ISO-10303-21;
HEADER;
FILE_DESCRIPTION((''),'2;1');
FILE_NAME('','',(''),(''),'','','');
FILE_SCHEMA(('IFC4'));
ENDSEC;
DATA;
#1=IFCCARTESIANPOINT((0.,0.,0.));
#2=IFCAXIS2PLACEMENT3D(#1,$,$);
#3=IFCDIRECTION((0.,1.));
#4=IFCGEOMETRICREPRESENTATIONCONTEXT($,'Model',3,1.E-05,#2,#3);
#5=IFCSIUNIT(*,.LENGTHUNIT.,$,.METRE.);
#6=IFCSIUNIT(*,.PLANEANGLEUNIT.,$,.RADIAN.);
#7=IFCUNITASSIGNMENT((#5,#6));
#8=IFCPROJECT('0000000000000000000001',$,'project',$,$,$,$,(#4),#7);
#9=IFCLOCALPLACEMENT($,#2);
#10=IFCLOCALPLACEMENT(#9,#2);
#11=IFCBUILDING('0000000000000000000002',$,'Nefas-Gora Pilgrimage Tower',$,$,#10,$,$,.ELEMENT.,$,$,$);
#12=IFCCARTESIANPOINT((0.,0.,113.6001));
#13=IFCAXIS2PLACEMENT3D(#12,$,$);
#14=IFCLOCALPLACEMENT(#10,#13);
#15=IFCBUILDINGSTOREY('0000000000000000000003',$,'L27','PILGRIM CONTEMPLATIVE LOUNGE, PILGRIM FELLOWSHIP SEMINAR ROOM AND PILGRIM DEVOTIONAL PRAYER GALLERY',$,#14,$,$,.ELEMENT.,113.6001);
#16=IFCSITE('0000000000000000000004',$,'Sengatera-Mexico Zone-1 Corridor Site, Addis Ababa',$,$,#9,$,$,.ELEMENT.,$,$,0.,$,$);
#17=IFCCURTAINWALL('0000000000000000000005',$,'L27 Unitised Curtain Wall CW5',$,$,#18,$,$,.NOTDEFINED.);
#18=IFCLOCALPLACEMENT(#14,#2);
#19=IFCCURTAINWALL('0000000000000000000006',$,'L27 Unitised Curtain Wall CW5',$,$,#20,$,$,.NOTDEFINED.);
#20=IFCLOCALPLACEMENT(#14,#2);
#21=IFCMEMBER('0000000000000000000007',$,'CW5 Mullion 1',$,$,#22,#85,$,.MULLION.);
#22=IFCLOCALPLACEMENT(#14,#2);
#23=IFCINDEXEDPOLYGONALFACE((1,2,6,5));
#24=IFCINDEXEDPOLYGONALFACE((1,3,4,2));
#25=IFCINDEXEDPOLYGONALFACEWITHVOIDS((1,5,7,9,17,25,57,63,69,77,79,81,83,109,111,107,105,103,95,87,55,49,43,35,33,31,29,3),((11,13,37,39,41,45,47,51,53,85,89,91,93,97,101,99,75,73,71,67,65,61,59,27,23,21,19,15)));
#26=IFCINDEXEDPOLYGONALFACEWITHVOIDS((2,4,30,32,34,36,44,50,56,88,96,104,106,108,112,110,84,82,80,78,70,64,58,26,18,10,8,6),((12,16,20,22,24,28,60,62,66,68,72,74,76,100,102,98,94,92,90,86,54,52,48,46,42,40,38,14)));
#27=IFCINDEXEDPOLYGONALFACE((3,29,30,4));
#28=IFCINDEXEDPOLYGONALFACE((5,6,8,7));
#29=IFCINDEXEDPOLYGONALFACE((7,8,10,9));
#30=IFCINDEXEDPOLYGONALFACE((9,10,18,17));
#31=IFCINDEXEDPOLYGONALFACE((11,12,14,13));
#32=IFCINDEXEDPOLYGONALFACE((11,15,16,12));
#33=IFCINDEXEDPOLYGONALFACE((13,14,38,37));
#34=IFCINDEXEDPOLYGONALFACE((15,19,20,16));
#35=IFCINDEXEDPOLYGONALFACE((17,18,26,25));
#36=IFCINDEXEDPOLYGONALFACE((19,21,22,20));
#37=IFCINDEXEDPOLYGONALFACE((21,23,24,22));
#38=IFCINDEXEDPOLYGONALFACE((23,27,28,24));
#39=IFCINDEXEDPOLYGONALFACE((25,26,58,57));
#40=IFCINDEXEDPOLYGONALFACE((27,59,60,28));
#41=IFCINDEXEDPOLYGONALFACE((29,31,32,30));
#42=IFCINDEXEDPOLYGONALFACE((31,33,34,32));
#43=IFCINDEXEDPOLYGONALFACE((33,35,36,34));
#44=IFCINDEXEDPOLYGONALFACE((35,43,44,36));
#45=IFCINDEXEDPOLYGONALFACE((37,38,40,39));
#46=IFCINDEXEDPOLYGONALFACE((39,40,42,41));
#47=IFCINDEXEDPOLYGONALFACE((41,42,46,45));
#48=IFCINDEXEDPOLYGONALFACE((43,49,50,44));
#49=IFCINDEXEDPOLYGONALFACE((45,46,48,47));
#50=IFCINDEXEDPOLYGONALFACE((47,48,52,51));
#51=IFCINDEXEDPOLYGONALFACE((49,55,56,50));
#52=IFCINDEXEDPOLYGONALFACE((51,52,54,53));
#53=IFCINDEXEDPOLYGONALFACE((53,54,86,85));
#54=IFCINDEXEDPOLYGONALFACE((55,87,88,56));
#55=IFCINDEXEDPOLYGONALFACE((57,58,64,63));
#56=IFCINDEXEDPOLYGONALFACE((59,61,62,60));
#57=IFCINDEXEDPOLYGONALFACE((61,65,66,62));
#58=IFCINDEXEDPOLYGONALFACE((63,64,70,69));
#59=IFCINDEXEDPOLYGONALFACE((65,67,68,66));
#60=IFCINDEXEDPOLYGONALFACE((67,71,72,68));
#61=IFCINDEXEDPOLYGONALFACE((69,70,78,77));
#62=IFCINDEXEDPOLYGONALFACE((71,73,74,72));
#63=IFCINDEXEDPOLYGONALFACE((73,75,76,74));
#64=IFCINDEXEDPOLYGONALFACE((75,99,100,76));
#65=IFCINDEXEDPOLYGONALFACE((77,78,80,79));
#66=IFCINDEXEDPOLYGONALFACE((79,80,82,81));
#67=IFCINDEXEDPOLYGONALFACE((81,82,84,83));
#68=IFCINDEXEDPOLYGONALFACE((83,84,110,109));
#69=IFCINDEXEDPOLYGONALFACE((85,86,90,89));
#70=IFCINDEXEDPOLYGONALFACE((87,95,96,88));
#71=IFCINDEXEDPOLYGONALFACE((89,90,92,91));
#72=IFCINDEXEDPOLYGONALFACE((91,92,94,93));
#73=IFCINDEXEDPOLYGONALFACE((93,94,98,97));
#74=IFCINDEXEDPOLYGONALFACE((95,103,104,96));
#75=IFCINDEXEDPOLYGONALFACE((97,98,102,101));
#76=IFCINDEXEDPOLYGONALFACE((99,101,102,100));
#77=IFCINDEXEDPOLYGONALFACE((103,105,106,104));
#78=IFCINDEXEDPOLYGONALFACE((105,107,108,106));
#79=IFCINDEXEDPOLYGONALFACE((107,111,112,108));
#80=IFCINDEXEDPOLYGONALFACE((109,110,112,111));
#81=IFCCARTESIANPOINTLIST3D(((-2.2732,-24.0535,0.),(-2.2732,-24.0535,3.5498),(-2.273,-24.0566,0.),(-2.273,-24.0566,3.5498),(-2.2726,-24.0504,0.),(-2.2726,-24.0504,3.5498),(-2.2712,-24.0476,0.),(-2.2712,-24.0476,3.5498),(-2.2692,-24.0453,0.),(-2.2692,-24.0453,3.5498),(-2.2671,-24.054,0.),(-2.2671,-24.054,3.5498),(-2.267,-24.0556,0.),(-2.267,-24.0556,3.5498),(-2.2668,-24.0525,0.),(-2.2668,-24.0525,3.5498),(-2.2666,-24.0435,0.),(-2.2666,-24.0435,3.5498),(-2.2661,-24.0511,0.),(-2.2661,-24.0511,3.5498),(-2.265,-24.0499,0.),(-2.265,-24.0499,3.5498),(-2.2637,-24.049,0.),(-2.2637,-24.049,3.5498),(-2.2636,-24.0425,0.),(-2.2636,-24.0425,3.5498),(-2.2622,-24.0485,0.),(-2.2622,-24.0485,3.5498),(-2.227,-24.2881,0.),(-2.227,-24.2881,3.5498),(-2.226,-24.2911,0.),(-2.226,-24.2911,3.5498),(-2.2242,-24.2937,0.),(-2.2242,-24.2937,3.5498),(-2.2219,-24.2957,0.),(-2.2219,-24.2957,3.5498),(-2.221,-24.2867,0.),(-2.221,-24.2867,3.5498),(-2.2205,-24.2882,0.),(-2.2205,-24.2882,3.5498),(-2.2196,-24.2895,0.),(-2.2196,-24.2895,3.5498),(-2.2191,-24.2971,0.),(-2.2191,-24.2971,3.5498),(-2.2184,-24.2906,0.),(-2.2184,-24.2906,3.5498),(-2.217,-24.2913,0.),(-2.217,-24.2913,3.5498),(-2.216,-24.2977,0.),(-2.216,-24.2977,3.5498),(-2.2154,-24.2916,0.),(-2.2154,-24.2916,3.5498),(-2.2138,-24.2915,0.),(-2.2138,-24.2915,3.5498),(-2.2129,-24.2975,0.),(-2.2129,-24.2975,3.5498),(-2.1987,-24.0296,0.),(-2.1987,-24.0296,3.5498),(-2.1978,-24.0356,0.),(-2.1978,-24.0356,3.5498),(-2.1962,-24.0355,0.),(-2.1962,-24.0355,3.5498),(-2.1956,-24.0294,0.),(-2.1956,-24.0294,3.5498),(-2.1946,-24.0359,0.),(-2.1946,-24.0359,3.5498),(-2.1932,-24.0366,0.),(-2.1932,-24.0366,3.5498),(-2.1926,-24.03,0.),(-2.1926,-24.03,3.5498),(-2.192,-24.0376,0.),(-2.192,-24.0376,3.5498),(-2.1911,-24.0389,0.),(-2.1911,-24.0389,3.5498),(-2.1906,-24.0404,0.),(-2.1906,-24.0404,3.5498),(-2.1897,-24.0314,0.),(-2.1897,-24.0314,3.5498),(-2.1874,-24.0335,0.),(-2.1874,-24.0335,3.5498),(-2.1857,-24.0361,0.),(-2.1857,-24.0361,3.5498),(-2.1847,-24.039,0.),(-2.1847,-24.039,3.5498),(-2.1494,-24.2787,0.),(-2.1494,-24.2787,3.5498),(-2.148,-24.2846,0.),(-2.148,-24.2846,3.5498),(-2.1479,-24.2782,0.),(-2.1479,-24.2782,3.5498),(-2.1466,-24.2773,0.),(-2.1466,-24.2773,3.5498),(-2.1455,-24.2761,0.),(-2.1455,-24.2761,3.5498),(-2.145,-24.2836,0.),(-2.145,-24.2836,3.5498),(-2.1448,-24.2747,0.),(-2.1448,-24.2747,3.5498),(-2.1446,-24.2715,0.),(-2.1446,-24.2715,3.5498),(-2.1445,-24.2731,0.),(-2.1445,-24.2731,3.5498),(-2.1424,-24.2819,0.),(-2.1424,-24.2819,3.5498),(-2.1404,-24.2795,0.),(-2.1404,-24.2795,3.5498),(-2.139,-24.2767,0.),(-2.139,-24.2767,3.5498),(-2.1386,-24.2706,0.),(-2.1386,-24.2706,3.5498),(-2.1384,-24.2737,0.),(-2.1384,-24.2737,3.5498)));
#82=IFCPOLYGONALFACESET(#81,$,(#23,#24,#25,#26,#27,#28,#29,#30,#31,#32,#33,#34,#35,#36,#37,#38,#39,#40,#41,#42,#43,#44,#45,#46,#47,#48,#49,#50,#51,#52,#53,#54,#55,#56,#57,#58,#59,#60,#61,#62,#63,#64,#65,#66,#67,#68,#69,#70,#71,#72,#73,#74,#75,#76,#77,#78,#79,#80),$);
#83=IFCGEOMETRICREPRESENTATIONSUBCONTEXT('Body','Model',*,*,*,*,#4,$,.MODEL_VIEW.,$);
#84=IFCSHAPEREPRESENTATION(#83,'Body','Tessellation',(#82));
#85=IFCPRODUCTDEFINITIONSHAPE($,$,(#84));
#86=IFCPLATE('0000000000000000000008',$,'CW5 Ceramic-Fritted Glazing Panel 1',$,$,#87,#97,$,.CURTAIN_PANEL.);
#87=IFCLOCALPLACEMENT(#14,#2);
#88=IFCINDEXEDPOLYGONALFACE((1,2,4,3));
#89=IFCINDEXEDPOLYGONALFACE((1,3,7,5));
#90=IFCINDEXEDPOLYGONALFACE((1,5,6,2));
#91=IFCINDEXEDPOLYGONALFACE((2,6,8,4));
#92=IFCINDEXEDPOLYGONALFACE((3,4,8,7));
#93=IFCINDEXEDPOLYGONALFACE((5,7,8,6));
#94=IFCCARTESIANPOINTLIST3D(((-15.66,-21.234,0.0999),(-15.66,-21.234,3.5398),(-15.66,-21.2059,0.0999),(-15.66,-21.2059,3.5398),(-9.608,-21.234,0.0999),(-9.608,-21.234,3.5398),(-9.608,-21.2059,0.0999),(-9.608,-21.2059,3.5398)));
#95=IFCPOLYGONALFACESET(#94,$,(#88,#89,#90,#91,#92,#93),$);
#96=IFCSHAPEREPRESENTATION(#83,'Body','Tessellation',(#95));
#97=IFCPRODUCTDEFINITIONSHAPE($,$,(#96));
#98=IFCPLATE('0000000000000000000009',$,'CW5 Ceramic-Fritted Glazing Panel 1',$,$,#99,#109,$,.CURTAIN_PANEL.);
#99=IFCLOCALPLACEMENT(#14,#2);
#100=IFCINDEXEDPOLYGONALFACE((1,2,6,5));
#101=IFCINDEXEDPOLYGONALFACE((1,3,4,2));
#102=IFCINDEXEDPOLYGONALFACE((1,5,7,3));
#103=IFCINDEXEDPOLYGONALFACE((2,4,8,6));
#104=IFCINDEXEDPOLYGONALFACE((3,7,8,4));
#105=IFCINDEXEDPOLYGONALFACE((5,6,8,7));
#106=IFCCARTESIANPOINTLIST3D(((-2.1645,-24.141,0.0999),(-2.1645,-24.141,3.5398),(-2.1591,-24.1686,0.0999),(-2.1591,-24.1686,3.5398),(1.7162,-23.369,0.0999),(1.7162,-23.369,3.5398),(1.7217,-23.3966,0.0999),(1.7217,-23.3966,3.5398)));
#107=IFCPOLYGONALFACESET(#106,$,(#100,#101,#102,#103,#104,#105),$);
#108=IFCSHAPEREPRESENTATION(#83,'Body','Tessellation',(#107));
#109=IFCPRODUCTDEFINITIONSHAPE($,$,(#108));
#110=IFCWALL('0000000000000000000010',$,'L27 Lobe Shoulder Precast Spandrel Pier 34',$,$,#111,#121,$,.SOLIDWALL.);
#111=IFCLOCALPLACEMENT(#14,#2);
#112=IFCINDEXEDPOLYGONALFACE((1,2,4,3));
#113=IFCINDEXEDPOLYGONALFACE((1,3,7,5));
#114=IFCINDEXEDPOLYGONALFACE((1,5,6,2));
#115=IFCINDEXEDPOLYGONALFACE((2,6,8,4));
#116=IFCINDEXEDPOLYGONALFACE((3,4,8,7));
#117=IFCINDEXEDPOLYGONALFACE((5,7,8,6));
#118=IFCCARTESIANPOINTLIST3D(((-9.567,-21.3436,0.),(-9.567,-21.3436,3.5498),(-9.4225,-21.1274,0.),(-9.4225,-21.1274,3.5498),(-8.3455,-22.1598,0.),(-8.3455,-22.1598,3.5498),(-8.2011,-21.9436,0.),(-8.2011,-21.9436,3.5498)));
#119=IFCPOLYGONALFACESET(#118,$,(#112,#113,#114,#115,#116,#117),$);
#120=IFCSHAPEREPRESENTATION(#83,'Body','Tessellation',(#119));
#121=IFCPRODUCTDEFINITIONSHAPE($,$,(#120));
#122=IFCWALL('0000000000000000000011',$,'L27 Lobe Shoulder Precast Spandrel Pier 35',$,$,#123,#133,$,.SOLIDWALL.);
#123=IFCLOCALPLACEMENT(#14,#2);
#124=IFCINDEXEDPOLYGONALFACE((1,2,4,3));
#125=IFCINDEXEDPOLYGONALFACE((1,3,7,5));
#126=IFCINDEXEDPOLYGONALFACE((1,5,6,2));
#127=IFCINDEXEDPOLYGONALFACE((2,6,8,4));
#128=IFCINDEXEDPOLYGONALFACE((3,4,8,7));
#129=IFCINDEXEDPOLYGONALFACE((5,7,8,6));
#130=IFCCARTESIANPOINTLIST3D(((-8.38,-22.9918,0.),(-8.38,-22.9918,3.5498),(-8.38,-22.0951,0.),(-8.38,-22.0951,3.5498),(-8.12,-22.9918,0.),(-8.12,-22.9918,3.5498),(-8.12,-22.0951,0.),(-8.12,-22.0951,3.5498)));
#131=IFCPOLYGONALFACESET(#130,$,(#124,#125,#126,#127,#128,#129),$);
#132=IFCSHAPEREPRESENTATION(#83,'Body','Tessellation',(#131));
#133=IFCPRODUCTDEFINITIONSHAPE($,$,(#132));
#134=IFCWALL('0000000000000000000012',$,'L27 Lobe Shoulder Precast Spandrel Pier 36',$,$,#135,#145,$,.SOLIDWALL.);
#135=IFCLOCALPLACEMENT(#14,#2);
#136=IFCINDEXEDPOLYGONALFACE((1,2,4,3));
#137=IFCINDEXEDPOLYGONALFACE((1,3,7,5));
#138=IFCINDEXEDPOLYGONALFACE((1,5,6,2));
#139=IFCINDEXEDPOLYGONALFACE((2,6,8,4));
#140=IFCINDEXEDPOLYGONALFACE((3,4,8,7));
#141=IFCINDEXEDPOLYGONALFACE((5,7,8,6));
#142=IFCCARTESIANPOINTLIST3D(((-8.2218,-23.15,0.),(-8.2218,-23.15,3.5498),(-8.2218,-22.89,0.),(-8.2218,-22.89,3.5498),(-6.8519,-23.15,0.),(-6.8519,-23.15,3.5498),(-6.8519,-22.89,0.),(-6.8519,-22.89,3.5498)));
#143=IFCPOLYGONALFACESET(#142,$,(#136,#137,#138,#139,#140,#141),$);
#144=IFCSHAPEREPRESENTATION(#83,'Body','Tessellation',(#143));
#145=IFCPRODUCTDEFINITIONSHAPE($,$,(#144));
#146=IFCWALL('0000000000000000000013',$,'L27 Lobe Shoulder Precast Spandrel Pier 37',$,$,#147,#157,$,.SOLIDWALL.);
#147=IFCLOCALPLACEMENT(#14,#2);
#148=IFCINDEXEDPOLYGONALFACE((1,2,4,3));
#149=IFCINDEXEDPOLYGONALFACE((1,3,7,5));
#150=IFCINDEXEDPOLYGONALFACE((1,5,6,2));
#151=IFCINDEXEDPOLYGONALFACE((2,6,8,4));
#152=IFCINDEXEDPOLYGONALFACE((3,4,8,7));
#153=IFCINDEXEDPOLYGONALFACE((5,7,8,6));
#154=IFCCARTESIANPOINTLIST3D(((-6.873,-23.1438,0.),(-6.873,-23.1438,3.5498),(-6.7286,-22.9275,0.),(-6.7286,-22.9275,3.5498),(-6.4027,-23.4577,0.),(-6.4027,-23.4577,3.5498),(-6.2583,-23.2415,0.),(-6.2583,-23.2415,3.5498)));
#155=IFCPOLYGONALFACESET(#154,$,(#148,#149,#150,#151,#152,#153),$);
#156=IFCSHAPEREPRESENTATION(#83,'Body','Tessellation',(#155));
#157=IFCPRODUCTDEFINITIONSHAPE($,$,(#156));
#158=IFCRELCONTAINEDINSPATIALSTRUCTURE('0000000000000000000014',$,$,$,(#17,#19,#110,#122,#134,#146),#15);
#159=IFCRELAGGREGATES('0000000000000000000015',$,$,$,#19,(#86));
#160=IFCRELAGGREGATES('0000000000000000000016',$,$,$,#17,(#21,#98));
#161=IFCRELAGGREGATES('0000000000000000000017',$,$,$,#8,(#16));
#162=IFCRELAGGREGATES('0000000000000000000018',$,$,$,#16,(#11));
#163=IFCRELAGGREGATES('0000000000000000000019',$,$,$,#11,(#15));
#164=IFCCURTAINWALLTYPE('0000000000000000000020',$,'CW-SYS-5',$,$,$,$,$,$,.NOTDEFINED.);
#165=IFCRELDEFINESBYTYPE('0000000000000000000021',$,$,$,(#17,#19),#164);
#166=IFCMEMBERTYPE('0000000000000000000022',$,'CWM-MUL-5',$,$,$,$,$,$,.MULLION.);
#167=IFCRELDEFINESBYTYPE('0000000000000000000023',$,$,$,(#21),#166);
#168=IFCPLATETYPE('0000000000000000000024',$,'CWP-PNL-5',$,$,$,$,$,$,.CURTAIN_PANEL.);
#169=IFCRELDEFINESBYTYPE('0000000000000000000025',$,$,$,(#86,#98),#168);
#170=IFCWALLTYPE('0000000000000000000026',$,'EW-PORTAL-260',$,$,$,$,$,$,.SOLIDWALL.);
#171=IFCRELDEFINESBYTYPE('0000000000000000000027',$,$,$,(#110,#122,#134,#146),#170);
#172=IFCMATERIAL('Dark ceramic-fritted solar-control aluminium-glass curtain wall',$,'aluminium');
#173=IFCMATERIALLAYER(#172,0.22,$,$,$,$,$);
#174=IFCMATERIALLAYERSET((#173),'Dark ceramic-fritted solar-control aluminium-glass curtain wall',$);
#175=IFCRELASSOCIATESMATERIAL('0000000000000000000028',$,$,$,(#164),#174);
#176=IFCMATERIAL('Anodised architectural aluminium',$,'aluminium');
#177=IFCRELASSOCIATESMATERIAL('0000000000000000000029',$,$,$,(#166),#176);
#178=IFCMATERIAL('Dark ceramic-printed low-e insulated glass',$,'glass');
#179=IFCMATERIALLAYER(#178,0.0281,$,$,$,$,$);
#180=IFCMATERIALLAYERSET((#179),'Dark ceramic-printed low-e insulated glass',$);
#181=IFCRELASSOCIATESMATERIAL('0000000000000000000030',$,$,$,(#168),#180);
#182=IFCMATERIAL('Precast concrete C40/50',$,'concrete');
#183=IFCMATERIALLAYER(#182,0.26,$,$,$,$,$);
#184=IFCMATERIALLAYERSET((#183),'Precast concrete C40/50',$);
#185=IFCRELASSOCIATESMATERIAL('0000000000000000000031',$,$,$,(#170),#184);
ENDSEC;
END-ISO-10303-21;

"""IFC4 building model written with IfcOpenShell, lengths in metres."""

from ifc_helpers import new_model, si_unit, direction, frame, frame_2d, origin, origin_2d, place, context, subcontext, project, spatial, rectangle, hollow_rectangle, extrude, source, transform, mapped, material, layer, layer_set, material_profile, profile_set, type_object, element, aggregate, save


model = new_model("IFC4")

# Units and contexts
model_context = context("Model", 3, precision=1e-05, world=origin(), true_north=direction((0.0, 1.0)))
body_context = subcontext(model_context, "Body", "Model", "MODEL_VIEW")
ifc_project = project(units=[si_unit("LENGTHUNIT", "METRE"), si_unit("PLANEANGLEUNIT", "RADIAN")], contexts=[model_context])

# Site, building, storey
site_placement = place(None, origin())
site = spatial("IfcSite", under=ifc_project, at=site_placement, Name="Sengatera-Mexico Zone-1 Corridor Site, Addis Ababa", CompositionType="ELEMENT", RefElevation=0.0)
building_placement = place(site_placement, origin())
building = spatial("IfcBuilding", under=site, at=building_placement, Name="Nefas-Gora Pilgrimage Tower", CompositionType="ELEMENT")
storey_placement = place(building_placement, frame((0.0, 0.0, 113.6001)))
storey = spatial("IfcBuildingStorey", under=building, at=storey_placement, Name="L27", Description="PILGRIM CONTEMPLATIVE LOUNGE, PILGRIM FELLOWSHIP SEMINAR ROOM AND PILGRIM DEVOTIONAL PRAYER GALLERY", CompositionType="ELEMENT", Elevation=113.6001)

# Curtain walls
ifc_material_1 = material(Name="Dark ceramic-fritted solar-control aluminium-glass curtain wall", Category="aluminium")
ifc_layer_1 = layer(ifc_material_1, 0.22)
ifc_layer_set_1 = layer_set([ifc_layer_1], Name="Dark ceramic-fritted solar-control aluminium-glass curtain wall")
curtain_wall_type = type_object("IfcCurtainWallType", Name="CW-SYS-5", PredefinedType="NOTDEFINED", material=ifc_layer_set_1)
curtain_wall_1_placement = place(storey_placement, origin())
curtain_wall_1 = element("IfcCurtainWall", 1, at=curtain_wall_1_placement, inside=storey, type_object=curtain_wall_type, Name="L27 Unitised Curtain Wall CW5", PredefinedType="NOTDEFINED")
ifc_material_2 = material(Name="Anodised architectural aluminium", Category="aluminium")
curtain_wall_2_placement = place(storey_placement, origin())
curtain_wall_2 = element("IfcCurtainWall", 2, at=curtain_wall_2_placement, inside=storey, type_object=curtain_wall_type, Name="L27 Unitised Curtain Wall CW5", PredefinedType="NOTDEFINED")
ifc_material_profile_1 = material_profile(ifc_material_2, hollow_rectangle(XDim=0.0901, YDim=0.26, WallThickness=0.0061, InnerFilletRadius=0.0061, OuterFilletRadius=0.012, at=origin_2d()), Name="ALU MULLION 90x260")
ifc_profile_set_1 = profile_set([ifc_material_profile_1], Name="Anodised architectural aluminium")
member_type_1 = type_object("IfcMemberType", Name="CWM-MUL-5", PredefinedType="MULLION", material=ifc_profile_set_1)
shared_shape_1 = source(origin(), body_context, "Body", "SweptSolid", [
    extrude(hollow_rectangle(XDim=0.0901, YDim=0.26, WallThickness=0.0061, InnerFilletRadius=0.0061, OuterFilletRadius=0.012, at=origin_2d()), origin(), (0.0, 0.0, 1.0), 3.5498),
])

# Member
member_1_placement = place(storey_placement, frame((-2.2058, -24.1636, 0.0), z_axis=(0.0, 0.0, 1.0), x_axis=(0.980783, 0.195102, 0.0)))
member_1 = element("IfcMember", 3, at=member_1_placement, type_object=member_type_1, Name="CW5 Mullion 1", PredefinedType="MULLION", context=body_context, shape_type="MappedRepresentation", body=[
    mapped(shared_shape_1, transform((0.0, 0.0, 0.0), x_axis=(1.0, 0.0, 0.0), y_axis=(0.0, 1.0, 0.0), z_axis=(0.0, 0.0, 1.0), scale=1.0)),
])

# Plates
ifc_material_3 = material(Name="Dark ceramic-printed low-e insulated glass", Category="glass")
ifc_layer_2 = layer(ifc_material_3, 0.0281)
ifc_layer_set_2 = layer_set([ifc_layer_2], Name="Dark ceramic-printed low-e insulated glass")
plate_type = type_object("IfcPlateType", Name="CWP-PNL-5", PredefinedType="CURTAIN_PANEL", material=ifc_layer_set_2)
shared_shape_2 = source(origin(), body_context, "Body", "SweptSolid", [
    extrude(rectangle(XDim=6.052, YDim=0.0281, at=origin_2d()), origin(), (0.0, 0.0, 1.0), 3.4399),
])
plate_1_placement = place(storey_placement, frame((-12.634, -21.22, 0.0999), z_axis=(0.0, 0.0, 1.0), x_axis=(1.0, 0.0, 0.0)))
plate_1 = element("IfcPlate", 4, at=plate_1_placement, type_object=plate_type, Name="CW5 Ceramic-Fritted Glazing Panel 1", PredefinedType="CURTAIN_PANEL", context=body_context, shape_type="MappedRepresentation", body=[
    mapped(shared_shape_2, transform((0.0, 0.0, 0.0), x_axis=(1.0, 0.0, 0.0), y_axis=(0.0, 1.0, 0.0), z_axis=(0.0, 0.0, 1.0), scale=1.0)),
])
aggregate(curtain_wall_2, [plate_1])
shared_shape_3 = source(origin(), body_context, "Body", "SweptSolid", [
    extrude(rectangle(XDim=3.9568, YDim=0.0281, at=origin_2d()), origin(), (0.0, 0.0, 1.0), 3.4399),
])
plate_2_placement = place(storey_placement, frame((-0.2214, -23.7688, 0.0999), z_axis=(0.0, 0.0, 1.0), x_axis=(0.980783, 0.195102, 0.0)))
plate_2 = element("IfcPlate", 5, at=plate_2_placement, type_object=plate_type, Name="CW5 Ceramic-Fritted Glazing Panel 1", PredefinedType="CURTAIN_PANEL", context=body_context, shape_type="MappedRepresentation", body=[
    mapped(shared_shape_3, transform((0.0, 0.0, 0.0), x_axis=(1.0, 0.0, 0.0), y_axis=(0.0, 1.0, 0.0), z_axis=(0.0, 0.0, 1.0), scale=1.0)),
])
aggregate(curtain_wall_1, [member_1, plate_2])

# Walls
ifc_material_4 = material(Name="Precast concrete C40/50", Category="concrete")
ifc_layer_3 = layer(ifc_material_4, 0.26)
ifc_layer_set_3 = layer_set([ifc_layer_3], Name="Precast concrete C40/50")
wall_type_1 = type_object("IfcWallType", Name="EW-PORTAL-260", PredefinedType="SOLIDWALL", material=ifc_layer_set_3)
shared_shape_4 = source(origin(), body_context, "Body", "SweptSolid", [
    extrude(rectangle(XDim=1.469, YDim=0.26, at=frame_2d((0.7344, 0.0))), origin(), (0.0, 0.0, 1.0), 3.5498),
])
wall_1_placement = place(storey_placement, frame((-9.4946, -21.2356, 0.0), z_axis=(0.0, 0.0, 1.0), x_axis=(0.831462, -0.555582, 0.0)))
element("IfcWall", 6, at=wall_1_placement, inside=storey, type_object=wall_type_1, Name="L27 Lobe Shoulder Precast Spandrel Pier 34", PredefinedType="SOLIDWALL", context=body_context, shape_type="MappedRepresentation", body=[
    mapped(shared_shape_4, transform((0.0, 0.0, 0.0), x_axis=(1.0, 0.0, 0.0), y_axis=(0.0, 1.0, 0.0), z_axis=(0.0, 0.0, 1.0), scale=1.0)),
])
shared_shape_5 = source(origin(), body_context, "Body", "SweptSolid", [
    extrude(rectangle(XDim=0.8967, YDim=0.26, at=frame_2d((0.4482, 0.0))), origin(), (0.0, 0.0, 1.0), 3.5498),
])
wall_2_placement = place(storey_placement, frame((-8.25, -22.0952, 0.0), z_axis=(0.0, 0.0, 1.0), x_axis=(0.0, -1.0, 0.0)))
element("IfcWall", 7, at=wall_2_placement, inside=storey, type_object=wall_type_1, Name="L27 Lobe Shoulder Precast Spandrel Pier 35", PredefinedType="SOLIDWALL", context=body_context, shape_type="MappedRepresentation", body=[
    mapped(shared_shape_5, transform((0.0, 0.0, 0.0), x_axis=(1.0, 0.0, 0.0), y_axis=(0.0, 1.0, 0.0), z_axis=(0.0, 0.0, 1.0), scale=1.0)),
])
shared_shape_6 = source(origin(), body_context, "Body", "SweptSolid", [
    extrude(rectangle(XDim=1.3699, YDim=0.26, at=frame_2d((0.6851, 0.0))), origin(), (0.0, 0.0, 1.0), 3.5498),
])
wall_3_placement = place(storey_placement, frame((-8.2219, -23.02, 0.0), z_axis=(0.0, 0.0, 1.0), x_axis=(1.0, 0.0, 0.0)))
element("IfcWall", 8, at=wall_3_placement, inside=storey, type_object=wall_type_1, Name="L27 Lobe Shoulder Precast Spandrel Pier 36", PredefinedType="SOLIDWALL", context=body_context, shape_type="MappedRepresentation", body=[
    mapped(shared_shape_6, transform((0.0, 0.0, 0.0), x_axis=(1.0, 0.0, 0.0), y_axis=(0.0, 1.0, 0.0), z_axis=(0.0, 0.0, 1.0), scale=1.0)),
])
shared_shape_7 = source(origin(), body_context, "Body", "SweptSolid", [
    extrude(rectangle(XDim=0.5654, YDim=0.26, at=frame_2d((0.2827, 0.0))), origin(), (0.0, 0.0, 1.0), 3.5498),
])
wall_4_placement = place(storey_placement, frame((-6.8008, -23.0356, 0.0), z_axis=(0.0, 0.0, 1.0), x_axis=(0.831651, -0.555298, 0.0)))
element("IfcWall", 9, at=wall_4_placement, inside=storey, type_object=wall_type_1, Name="L27 Lobe Shoulder Precast Spandrel Pier 37", PredefinedType="SOLIDWALL", context=body_context, shape_type="MappedRepresentation", body=[
    mapped(shared_shape_7, transform((0.0, 0.0, 0.0), x_axis=(1.0, 0.0, 0.0), y_axis=(0.0, 1.0, 0.0), z_axis=(0.0, 0.0, 1.0), scale=1.0)),
])

save(model, "model.ifc")
